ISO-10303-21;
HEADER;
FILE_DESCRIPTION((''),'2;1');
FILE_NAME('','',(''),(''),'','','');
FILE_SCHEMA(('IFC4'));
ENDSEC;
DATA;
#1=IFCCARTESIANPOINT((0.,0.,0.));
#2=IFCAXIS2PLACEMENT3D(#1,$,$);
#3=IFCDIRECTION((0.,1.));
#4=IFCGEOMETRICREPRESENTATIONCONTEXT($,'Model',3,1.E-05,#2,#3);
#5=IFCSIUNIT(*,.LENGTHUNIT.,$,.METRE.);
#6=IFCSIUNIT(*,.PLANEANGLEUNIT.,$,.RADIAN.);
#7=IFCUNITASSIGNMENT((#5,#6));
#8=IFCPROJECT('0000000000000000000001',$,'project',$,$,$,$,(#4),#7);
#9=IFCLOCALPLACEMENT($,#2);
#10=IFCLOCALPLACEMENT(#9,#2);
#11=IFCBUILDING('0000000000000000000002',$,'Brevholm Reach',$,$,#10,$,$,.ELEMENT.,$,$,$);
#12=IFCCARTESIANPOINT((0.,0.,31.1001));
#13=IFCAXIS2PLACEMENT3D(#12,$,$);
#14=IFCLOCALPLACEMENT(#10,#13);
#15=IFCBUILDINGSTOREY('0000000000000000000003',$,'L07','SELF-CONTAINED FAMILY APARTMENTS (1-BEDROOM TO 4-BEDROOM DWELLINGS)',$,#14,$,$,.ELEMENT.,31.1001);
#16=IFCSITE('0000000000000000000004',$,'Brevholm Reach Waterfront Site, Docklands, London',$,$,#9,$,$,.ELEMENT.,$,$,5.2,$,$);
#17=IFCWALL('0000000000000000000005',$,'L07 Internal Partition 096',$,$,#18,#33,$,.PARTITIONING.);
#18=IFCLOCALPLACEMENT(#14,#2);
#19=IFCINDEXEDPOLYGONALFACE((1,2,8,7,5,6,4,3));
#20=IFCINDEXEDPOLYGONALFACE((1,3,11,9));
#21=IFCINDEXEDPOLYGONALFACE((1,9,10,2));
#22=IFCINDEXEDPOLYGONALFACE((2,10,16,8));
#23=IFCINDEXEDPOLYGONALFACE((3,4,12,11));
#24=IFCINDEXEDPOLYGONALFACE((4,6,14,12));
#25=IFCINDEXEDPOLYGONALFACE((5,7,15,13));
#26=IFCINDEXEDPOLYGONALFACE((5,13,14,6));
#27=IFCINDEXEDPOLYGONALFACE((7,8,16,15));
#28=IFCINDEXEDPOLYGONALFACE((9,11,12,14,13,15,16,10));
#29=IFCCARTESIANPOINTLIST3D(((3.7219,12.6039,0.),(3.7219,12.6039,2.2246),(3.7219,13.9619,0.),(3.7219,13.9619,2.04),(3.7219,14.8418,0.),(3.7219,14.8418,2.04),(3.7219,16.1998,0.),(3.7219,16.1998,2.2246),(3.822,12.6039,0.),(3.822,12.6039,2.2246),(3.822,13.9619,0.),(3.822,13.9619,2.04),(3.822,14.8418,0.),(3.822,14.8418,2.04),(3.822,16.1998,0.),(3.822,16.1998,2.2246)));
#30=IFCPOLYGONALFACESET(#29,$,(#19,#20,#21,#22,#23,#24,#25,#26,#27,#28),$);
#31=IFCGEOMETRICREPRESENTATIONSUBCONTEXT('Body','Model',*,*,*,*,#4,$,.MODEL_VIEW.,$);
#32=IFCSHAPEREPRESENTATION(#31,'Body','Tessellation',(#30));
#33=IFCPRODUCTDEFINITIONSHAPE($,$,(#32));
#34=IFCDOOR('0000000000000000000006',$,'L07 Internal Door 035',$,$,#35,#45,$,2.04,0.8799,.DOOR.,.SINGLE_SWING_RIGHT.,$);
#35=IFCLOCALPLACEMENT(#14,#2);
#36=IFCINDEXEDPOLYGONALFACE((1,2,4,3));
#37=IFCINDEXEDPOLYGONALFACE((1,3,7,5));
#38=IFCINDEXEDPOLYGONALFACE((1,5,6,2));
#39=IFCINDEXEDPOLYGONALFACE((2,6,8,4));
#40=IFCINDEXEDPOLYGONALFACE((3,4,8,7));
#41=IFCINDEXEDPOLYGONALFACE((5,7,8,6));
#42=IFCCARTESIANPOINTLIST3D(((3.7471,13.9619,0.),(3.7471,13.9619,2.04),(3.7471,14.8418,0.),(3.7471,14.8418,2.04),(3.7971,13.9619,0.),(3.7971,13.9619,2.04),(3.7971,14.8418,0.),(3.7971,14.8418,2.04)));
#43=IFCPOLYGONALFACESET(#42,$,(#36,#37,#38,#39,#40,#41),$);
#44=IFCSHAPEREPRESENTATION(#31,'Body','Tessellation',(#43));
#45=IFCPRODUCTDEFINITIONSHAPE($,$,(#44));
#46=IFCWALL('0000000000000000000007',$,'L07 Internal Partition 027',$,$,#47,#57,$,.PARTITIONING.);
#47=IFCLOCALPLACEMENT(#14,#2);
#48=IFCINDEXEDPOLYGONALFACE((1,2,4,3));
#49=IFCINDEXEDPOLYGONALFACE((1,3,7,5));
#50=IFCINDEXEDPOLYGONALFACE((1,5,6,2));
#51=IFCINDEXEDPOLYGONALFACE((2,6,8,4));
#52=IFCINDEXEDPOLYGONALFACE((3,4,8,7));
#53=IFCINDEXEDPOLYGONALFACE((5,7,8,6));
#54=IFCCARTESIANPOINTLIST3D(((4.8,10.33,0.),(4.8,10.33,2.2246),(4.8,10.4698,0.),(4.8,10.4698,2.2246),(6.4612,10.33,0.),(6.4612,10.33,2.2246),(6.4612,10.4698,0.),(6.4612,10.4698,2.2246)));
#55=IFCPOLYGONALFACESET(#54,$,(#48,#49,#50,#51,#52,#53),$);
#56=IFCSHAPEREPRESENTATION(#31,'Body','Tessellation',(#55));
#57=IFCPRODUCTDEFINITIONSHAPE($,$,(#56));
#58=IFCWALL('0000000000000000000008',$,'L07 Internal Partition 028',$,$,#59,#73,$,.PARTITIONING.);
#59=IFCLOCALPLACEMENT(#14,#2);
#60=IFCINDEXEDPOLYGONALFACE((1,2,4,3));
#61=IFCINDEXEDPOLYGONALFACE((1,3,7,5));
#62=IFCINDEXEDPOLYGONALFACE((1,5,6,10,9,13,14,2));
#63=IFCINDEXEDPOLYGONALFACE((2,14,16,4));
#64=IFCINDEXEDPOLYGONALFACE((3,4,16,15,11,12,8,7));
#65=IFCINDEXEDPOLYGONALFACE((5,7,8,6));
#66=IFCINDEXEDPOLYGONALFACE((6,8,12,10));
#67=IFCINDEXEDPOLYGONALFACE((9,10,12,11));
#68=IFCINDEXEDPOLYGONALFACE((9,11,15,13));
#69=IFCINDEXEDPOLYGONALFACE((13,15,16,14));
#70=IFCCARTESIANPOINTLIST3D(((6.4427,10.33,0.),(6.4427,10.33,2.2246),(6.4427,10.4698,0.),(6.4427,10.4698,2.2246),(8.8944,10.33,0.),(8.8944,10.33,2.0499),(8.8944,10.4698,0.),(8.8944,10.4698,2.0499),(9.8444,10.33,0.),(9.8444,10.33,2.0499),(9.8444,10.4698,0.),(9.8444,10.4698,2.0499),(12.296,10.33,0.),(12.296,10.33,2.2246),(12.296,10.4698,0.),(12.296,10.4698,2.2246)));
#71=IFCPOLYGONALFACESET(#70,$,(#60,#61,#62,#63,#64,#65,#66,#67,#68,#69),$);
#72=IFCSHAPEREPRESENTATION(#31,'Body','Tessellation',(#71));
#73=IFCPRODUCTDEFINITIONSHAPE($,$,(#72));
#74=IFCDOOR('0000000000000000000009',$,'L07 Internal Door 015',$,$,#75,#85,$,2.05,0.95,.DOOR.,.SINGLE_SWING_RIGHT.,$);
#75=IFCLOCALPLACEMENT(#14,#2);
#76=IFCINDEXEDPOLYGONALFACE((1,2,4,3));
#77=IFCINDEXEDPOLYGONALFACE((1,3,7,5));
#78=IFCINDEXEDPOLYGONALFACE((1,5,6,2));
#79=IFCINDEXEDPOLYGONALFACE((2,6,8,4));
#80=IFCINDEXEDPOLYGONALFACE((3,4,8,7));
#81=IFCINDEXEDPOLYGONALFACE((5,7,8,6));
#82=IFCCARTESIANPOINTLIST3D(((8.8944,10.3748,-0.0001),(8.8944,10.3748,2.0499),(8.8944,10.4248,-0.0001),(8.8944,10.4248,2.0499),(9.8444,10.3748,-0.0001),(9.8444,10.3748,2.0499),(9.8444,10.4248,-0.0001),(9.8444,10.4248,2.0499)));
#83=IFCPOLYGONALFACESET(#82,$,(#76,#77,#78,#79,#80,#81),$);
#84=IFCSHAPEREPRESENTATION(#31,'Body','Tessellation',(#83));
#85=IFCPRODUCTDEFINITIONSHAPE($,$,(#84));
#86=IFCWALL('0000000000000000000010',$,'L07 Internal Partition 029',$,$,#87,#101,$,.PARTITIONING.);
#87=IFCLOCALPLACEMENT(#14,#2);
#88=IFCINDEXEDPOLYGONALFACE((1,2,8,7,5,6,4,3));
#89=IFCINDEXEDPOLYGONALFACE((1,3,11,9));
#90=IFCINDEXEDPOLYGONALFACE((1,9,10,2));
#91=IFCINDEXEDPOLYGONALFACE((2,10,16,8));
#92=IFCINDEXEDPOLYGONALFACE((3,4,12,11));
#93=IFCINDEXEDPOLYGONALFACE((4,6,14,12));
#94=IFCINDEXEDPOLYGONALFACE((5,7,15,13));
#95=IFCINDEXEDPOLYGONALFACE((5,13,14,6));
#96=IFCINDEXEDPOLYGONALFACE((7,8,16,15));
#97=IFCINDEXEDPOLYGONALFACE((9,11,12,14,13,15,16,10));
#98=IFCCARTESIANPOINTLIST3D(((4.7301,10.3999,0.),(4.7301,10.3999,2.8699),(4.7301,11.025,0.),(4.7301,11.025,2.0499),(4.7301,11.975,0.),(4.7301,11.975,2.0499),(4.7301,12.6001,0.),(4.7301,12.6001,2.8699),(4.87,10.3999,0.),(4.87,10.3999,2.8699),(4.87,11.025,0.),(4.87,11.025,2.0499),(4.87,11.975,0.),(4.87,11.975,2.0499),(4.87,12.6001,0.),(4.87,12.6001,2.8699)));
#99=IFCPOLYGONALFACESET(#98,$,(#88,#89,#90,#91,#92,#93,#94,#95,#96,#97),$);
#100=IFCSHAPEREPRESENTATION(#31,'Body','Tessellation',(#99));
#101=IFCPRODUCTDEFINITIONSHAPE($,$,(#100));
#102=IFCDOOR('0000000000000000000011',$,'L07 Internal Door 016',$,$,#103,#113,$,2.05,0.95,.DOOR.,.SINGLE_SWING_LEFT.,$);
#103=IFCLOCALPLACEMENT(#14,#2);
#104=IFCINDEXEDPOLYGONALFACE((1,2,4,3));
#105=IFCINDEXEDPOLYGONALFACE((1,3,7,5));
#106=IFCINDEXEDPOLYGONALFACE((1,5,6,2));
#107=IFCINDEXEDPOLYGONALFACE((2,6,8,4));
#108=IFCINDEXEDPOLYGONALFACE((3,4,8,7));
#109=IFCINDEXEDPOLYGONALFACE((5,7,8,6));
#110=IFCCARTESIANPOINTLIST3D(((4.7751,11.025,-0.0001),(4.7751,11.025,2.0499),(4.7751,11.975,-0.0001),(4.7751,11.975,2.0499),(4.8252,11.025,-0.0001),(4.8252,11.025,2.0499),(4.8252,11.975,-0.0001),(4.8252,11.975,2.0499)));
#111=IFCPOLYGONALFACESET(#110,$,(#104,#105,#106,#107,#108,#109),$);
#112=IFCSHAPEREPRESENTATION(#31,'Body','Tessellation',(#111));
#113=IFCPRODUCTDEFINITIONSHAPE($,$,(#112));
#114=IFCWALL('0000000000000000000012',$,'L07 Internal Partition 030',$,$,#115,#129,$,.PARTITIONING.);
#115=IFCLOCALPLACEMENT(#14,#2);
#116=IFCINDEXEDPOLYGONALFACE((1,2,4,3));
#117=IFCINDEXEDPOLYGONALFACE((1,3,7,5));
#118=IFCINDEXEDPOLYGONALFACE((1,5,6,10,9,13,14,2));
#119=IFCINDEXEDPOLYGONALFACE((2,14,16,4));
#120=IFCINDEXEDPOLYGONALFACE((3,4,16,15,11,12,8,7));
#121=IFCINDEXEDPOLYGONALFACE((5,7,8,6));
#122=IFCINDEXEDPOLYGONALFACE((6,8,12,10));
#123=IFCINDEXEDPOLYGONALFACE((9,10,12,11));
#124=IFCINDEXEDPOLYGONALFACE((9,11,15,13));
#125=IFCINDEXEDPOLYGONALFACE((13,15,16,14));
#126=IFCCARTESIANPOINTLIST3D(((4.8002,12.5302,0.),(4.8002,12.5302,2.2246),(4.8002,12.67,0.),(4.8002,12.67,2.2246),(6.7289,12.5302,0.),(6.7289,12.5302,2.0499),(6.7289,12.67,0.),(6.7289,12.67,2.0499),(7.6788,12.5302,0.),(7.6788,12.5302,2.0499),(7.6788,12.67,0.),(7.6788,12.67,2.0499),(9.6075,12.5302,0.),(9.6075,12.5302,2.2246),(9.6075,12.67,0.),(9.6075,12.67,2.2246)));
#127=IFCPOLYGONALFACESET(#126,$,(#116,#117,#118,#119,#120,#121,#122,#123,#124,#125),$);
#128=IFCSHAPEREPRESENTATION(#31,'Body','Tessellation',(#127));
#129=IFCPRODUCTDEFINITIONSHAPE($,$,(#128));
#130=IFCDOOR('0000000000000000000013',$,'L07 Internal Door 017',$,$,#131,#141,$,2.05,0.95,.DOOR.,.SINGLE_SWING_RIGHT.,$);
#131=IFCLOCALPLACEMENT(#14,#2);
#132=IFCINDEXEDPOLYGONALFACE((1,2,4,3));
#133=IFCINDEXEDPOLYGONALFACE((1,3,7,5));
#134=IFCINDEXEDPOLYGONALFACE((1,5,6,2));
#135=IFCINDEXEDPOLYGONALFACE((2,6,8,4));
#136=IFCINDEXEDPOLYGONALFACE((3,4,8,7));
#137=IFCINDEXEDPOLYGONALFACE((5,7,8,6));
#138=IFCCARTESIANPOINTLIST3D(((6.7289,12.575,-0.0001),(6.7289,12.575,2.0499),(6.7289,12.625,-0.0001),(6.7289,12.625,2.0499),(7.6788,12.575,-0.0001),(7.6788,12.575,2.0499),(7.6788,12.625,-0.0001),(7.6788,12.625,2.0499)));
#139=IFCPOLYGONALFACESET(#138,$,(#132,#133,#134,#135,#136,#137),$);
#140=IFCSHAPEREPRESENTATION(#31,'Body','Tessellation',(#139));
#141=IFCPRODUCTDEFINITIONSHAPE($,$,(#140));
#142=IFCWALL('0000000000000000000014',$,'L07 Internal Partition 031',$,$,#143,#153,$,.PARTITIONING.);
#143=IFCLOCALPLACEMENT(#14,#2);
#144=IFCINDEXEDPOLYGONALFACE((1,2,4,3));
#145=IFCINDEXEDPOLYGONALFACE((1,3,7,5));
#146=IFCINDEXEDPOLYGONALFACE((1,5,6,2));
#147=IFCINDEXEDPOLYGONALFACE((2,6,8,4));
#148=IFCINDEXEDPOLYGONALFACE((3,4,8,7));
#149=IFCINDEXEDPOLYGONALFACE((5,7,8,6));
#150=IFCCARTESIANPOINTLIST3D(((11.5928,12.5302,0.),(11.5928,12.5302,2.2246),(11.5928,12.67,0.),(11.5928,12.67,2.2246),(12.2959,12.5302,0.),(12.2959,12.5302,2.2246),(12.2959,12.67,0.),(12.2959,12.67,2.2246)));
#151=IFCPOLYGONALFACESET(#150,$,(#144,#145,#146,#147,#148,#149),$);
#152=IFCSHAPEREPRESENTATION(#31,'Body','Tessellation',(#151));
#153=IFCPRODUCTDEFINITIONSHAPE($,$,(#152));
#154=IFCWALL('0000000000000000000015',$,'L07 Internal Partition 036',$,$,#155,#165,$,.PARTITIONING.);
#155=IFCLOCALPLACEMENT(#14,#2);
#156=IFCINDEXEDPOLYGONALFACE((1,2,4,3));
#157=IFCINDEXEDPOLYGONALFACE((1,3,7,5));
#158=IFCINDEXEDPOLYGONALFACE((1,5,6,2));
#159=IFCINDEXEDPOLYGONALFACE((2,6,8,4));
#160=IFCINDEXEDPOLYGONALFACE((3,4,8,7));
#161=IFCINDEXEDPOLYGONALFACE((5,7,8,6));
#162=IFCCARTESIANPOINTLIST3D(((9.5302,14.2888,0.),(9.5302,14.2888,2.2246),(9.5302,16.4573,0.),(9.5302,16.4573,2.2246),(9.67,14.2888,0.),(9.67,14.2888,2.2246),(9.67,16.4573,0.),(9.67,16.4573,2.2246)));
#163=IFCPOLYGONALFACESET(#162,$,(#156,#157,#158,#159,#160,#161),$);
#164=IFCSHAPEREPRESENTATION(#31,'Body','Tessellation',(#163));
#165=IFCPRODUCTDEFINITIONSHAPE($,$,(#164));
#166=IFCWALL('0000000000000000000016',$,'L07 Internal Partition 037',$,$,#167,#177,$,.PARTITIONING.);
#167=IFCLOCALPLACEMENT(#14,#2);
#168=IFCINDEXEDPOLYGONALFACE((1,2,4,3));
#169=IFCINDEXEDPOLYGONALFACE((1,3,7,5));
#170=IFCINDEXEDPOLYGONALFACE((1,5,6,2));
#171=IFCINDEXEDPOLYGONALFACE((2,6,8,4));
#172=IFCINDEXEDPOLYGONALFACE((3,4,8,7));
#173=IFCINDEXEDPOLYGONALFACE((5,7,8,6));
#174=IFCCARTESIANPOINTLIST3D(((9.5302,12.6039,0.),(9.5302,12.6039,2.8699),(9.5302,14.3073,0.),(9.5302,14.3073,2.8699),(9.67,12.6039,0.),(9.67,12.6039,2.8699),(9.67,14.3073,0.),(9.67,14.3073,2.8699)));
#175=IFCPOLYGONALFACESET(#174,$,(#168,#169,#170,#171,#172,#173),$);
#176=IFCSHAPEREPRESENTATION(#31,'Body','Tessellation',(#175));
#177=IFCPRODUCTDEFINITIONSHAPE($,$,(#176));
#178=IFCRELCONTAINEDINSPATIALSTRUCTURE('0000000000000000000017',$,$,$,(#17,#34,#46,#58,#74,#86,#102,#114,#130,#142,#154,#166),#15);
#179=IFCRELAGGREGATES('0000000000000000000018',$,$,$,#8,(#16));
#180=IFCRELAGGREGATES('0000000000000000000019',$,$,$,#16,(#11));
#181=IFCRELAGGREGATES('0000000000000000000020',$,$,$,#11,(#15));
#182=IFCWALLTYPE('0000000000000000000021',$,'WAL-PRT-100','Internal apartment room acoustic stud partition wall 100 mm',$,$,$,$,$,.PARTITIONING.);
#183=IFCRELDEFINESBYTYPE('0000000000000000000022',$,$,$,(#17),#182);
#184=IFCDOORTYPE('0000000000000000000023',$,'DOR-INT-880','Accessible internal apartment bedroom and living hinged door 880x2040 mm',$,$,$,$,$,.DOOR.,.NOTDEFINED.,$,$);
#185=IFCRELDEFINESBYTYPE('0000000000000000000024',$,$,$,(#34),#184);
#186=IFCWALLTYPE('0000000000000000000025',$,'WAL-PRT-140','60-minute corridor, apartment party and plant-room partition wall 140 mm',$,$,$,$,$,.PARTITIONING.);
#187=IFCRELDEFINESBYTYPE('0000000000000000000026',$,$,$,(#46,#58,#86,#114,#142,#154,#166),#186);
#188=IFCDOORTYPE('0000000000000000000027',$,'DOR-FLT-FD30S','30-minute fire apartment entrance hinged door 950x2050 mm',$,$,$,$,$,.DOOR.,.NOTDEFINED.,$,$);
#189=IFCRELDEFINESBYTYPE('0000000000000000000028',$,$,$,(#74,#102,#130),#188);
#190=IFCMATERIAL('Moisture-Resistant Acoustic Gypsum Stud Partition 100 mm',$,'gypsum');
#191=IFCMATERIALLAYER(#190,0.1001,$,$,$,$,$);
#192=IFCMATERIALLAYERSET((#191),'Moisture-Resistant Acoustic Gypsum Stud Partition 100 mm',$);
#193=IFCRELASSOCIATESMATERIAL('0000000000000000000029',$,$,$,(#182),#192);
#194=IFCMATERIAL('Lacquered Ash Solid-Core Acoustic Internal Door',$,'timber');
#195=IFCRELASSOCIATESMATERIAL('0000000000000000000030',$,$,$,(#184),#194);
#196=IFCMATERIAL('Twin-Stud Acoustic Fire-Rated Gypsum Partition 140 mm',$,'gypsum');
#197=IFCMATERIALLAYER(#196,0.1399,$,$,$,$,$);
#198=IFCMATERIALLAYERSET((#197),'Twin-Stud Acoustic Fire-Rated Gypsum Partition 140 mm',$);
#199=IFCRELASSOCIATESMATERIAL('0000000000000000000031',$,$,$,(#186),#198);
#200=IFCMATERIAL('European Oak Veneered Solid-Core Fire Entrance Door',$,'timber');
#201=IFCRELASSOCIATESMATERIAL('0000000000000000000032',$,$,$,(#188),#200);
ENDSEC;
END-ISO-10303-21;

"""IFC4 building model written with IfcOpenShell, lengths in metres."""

from ifc_helpers import new_model, si_unit, direction, frame, frame_2d, origin, place, context, subcontext, project, spatial, rectangle, extrude, material, layer, layer_set, type_object, element, fill, save


model = new_model("IFC4")

# Units and contexts
model_context = context("Model", 3, precision=1e-05, world=origin(), true_north=direction((0.0, 1.0)))
body_context = subcontext(model_context, "Body", "Model", "MODEL_VIEW")
ifc_project = project(units=[si_unit("LENGTHUNIT", "METRE"), si_unit("PLANEANGLEUNIT", "RADIAN")], contexts=[model_context])

# Site, building, storey
site_placement = place(None, origin())
site = spatial("IfcSite", under=ifc_project, at=site_placement, Name="Brevholm Reach Waterfront Site, Docklands, London", CompositionType="ELEMENT", RefElevation=5.2)
building_placement = place(site_placement, origin())
building = spatial("IfcBuilding", under=site, at=building_placement, Name="Brevholm Reach", CompositionType="ELEMENT")
storey_placement = place(building_placement, frame((0.0, 0.0, 31.1001)))
storey = spatial("IfcBuildingStorey", under=building, at=storey_placement, Name="L07", Description="SELF-CONTAINED FAMILY APARTMENTS (1-BEDROOM TO 4-BEDROOM DWELLINGS)", CompositionType="ELEMENT", Elevation=31.1001)

# Shared definitions
ifc_material_1 = material(Name="Moisture-Resistant Acoustic Gypsum Stud Partition 100 mm", Category="gypsum")
ifc_layer_1 = layer(ifc_material_1, 0.1001)
ifc_layer_set_1 = layer_set([ifc_layer_1], Name="Moisture-Resistant Acoustic Gypsum Stud Partition 100 mm")
wall_type_1 = type_object("IfcWallType", Name="WAL-PRT-100", Description="Internal apartment room acoustic stud partition wall 100 mm", PredefinedType="PARTITIONING", material=ifc_layer_set_1)
ifc_material_2 = material(Name="Lacquered Ash Solid-Core Acoustic Internal Door", Category="timber")
door_type_1 = type_object("IfcDoorType", Name="DOR-INT-880", Description="Accessible internal apartment bedroom and living hinged door 880x2040 mm", OperationType="NOTDEFINED", PredefinedType="DOOR", material=ifc_material_2)

# Wall, opening, door
wall_1_placement = place(storey_placement, frame((3.772, 12.604, 0.0), z_axis=(0.0, 0.0, 1.0), x_axis=(0.0, 1.0, 0.0)))
wall_1 = element("IfcWall", 1, at=wall_1_placement, inside=storey, type_object=wall_type_1, Name="L07 Internal Partition 096", PredefinedType="PARTITIONING", context=body_context, shape_type="SweptSolid", body=[
    extrude(rectangle(XDim=3.5959, YDim=0.1001, at=frame_2d((1.7979, 0.0))), origin(), (0.0, 0.0, 1.0), 2.2246),
])
opening_1_placement = place(wall_1_placement, frame((1.3579, 0.0, 0.0)))
opening_1 = element("IfcOpeningElement", 2, at=opening_1_placement, cuts=wall_1, PredefinedType="OPENING", context=body_context, shape_type="SweptSolid", body=[
    extrude(rectangle(XDim=0.8799, YDim=2.04, at=frame_2d((0.4399, 1.02))), frame((0.0, 0.0601, 0.0), z_axis=(0.0, -1.0, 0.0), x_axis=(1.0, 0.0, 0.0)), (0.0, 0.0, 1.0), 0.1201),
])
door_1_placement = place(opening_1_placement, origin())
door_1 = element("IfcDoor", 3, at=door_1_placement, inside=storey, type_object=door_type_1, Name="L07 Internal Door 035", OperationType="SINGLE_SWING_RIGHT", OverallHeight=2.04, OverallWidth=0.8799, PredefinedType="DOOR", context=body_context, shape_type="SweptSolid", body=[
    extrude(rectangle(XDim=0.8799, YDim=2.04, at=frame_2d((0.4399, 1.02))), frame((0.0, 0.0249, 0.0), z_axis=(0.0, -1.0, 0.0), x_axis=(1.0, 0.0, 0.0)), (0.0, 0.0, 1.0), 0.05),
])
fill(opening_1, door_1)

# Wall
ifc_material_3 = material(Name="Twin-Stud Acoustic Fire-Rated Gypsum Partition 140 mm", Category="gypsum")
ifc_layer_2 = layer(ifc_material_3, 0.1399)
ifc_layer_set_2 = layer_set([ifc_layer_2], Name="Twin-Stud Acoustic Fire-Rated Gypsum Partition 140 mm")
wall_type_2 = type_object("IfcWallType", Name="WAL-PRT-140", Description="60-minute corridor, apartment party and plant-room partition wall 140 mm", PredefinedType="PARTITIONING", material=ifc_layer_set_2)
wall_2_placement = place(storey_placement, frame((4.8, 10.3999, 0.0), z_axis=(0.0, 0.0, 1.0), x_axis=(1.0, 0.0, 0.0)))
element("IfcWall", 4, at=wall_2_placement, inside=storey, type_object=wall_type_2, Name="L07 Internal Partition 027", PredefinedType="PARTITIONING", context=body_context, shape_type="SweptSolid", body=[
    extrude(rectangle(XDim=1.6611, YDim=0.1399, at=frame_2d((0.8306, 0.0))), origin(), (0.0, 0.0, 1.0), 2.2246),
])

# Walls, openings, doors
wall_3_placement = place(storey_placement, frame((6.4426, 10.3999, 0.0), z_axis=(0.0, 0.0, 1.0), x_axis=(1.0, 0.0, 0.0)))
wall_3 = element("IfcWall", 5, at=wall_3_placement, inside=storey, type_object=wall_type_2, Name="L07 Internal Partition 028", PredefinedType="PARTITIONING", context=body_context, shape_type="SweptSolid", body=[
    extrude(rectangle(XDim=5.8533, YDim=0.1399, at=frame_2d((2.9268, 0.0))), origin(), (0.0, 0.0, 1.0), 2.2246),
])
opening_2_placement = place(wall_3_placement, frame((2.4517, 0.0, 0.0)))
opening_2 = element("IfcOpeningElement", 6, at=opening_2_placement, cuts=wall_3, PredefinedType="OPENING", context=body_context, shape_type="SweptSolid", body=[
    extrude(rectangle(XDim=0.95, YDim=2.05, at=frame_2d((0.4751, 1.0249))), frame((0.0, 0.0798, 0.0), z_axis=(0.0, -1.0, 0.0), x_axis=(1.0, 0.0, 0.0)), (0.0, 0.0, 1.0), 0.1599),
])
ifc_material_4 = material(Name="European Oak Veneered Solid-Core Fire Entrance Door", Category="timber")
door_type_2 = type_object("IfcDoorType", Name="DOR-FLT-FD30S", Description="30-minute fire apartment entrance hinged door 950x2050 mm", OperationType="NOTDEFINED", PredefinedType="DOOR", material=ifc_material_4)
door_2_placement = place(opening_2_placement, origin())
door_2 = element("IfcDoor", 7, at=door_2_placement, inside=storey, type_object=door_type_2, Name="L07 Internal Door 015", OperationType="SINGLE_SWING_RIGHT", OverallHeight=2.05, OverallWidth=0.95, PredefinedType="DOOR", context=body_context, shape_type="SweptSolid", body=[
    extrude(rectangle(XDim=0.95, YDim=2.05, at=frame_2d((0.4751, 1.0249))), frame((0.0, 0.0249, 0.0), z_axis=(0.0, -1.0, 0.0), x_axis=(1.0, 0.0, 0.0)), (0.0, 0.0, 1.0), 0.05),
])
fill(opening_2, door_2)
wall_4_placement = place(storey_placement, frame((4.8, 10.3999, 0.0), z_axis=(0.0, 0.0, 1.0), x_axis=(0.0, 1.0, 0.0)))
wall_4 = element("IfcWall", 8, at=wall_4_placement, inside=storey, type_object=wall_type_2, Name="L07 Internal Partition 029", PredefinedType="PARTITIONING", context=body_context, shape_type="SweptSolid", body=[
    extrude(rectangle(XDim=2.2002, YDim=0.1399, at=frame_2d((1.1001, 0.0))), origin(), (0.0, 0.0, 1.0), 2.8699),
])
opening_3_placement = place(wall_4_placement, frame((0.625, 0.0, 0.0)))
opening_3 = element("IfcOpeningElement", 9, at=opening_3_placement, cuts=wall_4, PredefinedType="OPENING", context=body_context, shape_type="SweptSolid", body=[
    extrude(rectangle(XDim=0.95, YDim=2.05, at=frame_2d((0.4751, 1.0249))), frame((0.0, 0.0798, 0.0), z_axis=(0.0, -1.0, 0.0), x_axis=(1.0, 0.0, 0.0)), (0.0, 0.0, 1.0), 0.1599),
])
door_3_placement = place(opening_3_placement, origin())
door_3 = element("IfcDoor", 10, at=door_3_placement, inside=storey, type_object=door_type_2, Name="L07 Internal Door 016", OperationType="SINGLE_SWING_LEFT", OverallHeight=2.05, OverallWidth=0.95, PredefinedType="DOOR", context=body_context, shape_type="SweptSolid", body=[
    extrude(rectangle(XDim=0.95, YDim=2.05, at=frame_2d((0.4751, 1.0249))), frame((0.0, 0.0249, 0.0), z_axis=(0.0, -1.0, 0.0), x_axis=(1.0, 0.0, 0.0)), (0.0, 0.0, 1.0), 0.05),
])
fill(opening_3, door_3)
wall_5_placement = place(storey_placement, frame((4.8, 12.6001, 0.0), z_axis=(0.0, 0.0, 1.0), x_axis=(1.0, 0.0, 0.0)))
wall_5 = element("IfcWall", 11, at=wall_5_placement, inside=storey, type_object=wall_type_2, Name="L07 Internal Partition 030", PredefinedType="PARTITIONING", context=body_context, shape_type="SweptSolid", body=[
    extrude(rectangle(XDim=4.8074, YDim=0.1399, at=frame_2d((2.4038, 0.0))), origin(), (0.0, 0.0, 1.0), 2.2246),
])
opening_4_placement = place(wall_5_placement, frame((1.9287, 0.0, 0.0)))
opening_4 = element("IfcOpeningElement", 12, at=opening_4_placement, cuts=wall_5, PredefinedType="OPENING", context=body_context, shape_type="SweptSolid", body=[
    extrude(rectangle(XDim=0.95, YDim=2.05, at=frame_2d((0.4751, 1.0249))), frame((0.0, 0.0798, 0.0), z_axis=(0.0, -1.0, 0.0), x_axis=(1.0, 0.0, 0.0)), (0.0, 0.0, 1.0), 0.1599),
])
door_4_placement = place(opening_4_placement, origin())
door_4 = element("IfcDoor", 13, at=door_4_placement, inside=storey, type_object=door_type_2, Name="L07 Internal Door 017", OperationType="SINGLE_SWING_RIGHT", OverallHeight=2.05, OverallWidth=0.95, PredefinedType="DOOR", context=body_context, shape_type="SweptSolid", body=[
    extrude(rectangle(XDim=0.95, YDim=2.05, at=frame_2d((0.4751, 1.0249))), frame((0.0, 0.0249, 0.0), z_axis=(0.0, -1.0, 0.0), x_axis=(1.0, 0.0, 0.0)), (0.0, 0.0, 1.0), 0.05),
])
fill(opening_4, door_4)

# Walls
wall_6_placement = place(storey_placement, frame((11.5928, 12.6001, 0.0), z_axis=(0.0, 0.0, 1.0), x_axis=(1.0, 0.0, 0.0)))
element("IfcWall", 14, at=wall_6_placement, inside=storey, type_object=wall_type_2, Name="L07 Internal Partition 031", PredefinedType="PARTITIONING", context=body_context, shape_type="SweptSolid", body=[
    extrude(rectangle(XDim=0.7031, YDim=0.1399, at=frame_2d((0.3516, 0.0))), origin(), (0.0, 0.0, 1.0), 2.2246),
])
wall_7_placement = place(storey_placement, frame((9.6001, 14.2888, 0.0), z_axis=(0.0, 0.0, 1.0), x_axis=(0.0, 1.0, 0.0)))
element("IfcWall", 15, at=wall_7_placement, inside=storey, type_object=wall_type_2, Name="L07 Internal Partition 036", PredefinedType="PARTITIONING", context=body_context, shape_type="SweptSolid", body=[
    extrude(rectangle(XDim=2.1685, YDim=0.1399, at=frame_2d((1.0842, 0.0))), origin(), (0.0, 0.0, 1.0), 2.2246),
])
wall_8_placement = place(storey_placement, frame((9.6001, 12.604, 0.0), z_axis=(0.0, 0.0, 1.0), x_axis=(0.0, 1.0, 0.0)))
element("IfcWall", 16, at=wall_8_placement, inside=storey, type_object=wall_type_2, Name="L07 Internal Partition 037", PredefinedType="PARTITIONING", context=body_context, shape_type="SweptSolid", body=[
    extrude(rectangle(XDim=1.7034, YDim=0.1399, at=frame_2d((0.8516, 0.0))), origin(), (0.0, 0.0, 1.0), 2.8699),
])

save(model, "model.ifc")
